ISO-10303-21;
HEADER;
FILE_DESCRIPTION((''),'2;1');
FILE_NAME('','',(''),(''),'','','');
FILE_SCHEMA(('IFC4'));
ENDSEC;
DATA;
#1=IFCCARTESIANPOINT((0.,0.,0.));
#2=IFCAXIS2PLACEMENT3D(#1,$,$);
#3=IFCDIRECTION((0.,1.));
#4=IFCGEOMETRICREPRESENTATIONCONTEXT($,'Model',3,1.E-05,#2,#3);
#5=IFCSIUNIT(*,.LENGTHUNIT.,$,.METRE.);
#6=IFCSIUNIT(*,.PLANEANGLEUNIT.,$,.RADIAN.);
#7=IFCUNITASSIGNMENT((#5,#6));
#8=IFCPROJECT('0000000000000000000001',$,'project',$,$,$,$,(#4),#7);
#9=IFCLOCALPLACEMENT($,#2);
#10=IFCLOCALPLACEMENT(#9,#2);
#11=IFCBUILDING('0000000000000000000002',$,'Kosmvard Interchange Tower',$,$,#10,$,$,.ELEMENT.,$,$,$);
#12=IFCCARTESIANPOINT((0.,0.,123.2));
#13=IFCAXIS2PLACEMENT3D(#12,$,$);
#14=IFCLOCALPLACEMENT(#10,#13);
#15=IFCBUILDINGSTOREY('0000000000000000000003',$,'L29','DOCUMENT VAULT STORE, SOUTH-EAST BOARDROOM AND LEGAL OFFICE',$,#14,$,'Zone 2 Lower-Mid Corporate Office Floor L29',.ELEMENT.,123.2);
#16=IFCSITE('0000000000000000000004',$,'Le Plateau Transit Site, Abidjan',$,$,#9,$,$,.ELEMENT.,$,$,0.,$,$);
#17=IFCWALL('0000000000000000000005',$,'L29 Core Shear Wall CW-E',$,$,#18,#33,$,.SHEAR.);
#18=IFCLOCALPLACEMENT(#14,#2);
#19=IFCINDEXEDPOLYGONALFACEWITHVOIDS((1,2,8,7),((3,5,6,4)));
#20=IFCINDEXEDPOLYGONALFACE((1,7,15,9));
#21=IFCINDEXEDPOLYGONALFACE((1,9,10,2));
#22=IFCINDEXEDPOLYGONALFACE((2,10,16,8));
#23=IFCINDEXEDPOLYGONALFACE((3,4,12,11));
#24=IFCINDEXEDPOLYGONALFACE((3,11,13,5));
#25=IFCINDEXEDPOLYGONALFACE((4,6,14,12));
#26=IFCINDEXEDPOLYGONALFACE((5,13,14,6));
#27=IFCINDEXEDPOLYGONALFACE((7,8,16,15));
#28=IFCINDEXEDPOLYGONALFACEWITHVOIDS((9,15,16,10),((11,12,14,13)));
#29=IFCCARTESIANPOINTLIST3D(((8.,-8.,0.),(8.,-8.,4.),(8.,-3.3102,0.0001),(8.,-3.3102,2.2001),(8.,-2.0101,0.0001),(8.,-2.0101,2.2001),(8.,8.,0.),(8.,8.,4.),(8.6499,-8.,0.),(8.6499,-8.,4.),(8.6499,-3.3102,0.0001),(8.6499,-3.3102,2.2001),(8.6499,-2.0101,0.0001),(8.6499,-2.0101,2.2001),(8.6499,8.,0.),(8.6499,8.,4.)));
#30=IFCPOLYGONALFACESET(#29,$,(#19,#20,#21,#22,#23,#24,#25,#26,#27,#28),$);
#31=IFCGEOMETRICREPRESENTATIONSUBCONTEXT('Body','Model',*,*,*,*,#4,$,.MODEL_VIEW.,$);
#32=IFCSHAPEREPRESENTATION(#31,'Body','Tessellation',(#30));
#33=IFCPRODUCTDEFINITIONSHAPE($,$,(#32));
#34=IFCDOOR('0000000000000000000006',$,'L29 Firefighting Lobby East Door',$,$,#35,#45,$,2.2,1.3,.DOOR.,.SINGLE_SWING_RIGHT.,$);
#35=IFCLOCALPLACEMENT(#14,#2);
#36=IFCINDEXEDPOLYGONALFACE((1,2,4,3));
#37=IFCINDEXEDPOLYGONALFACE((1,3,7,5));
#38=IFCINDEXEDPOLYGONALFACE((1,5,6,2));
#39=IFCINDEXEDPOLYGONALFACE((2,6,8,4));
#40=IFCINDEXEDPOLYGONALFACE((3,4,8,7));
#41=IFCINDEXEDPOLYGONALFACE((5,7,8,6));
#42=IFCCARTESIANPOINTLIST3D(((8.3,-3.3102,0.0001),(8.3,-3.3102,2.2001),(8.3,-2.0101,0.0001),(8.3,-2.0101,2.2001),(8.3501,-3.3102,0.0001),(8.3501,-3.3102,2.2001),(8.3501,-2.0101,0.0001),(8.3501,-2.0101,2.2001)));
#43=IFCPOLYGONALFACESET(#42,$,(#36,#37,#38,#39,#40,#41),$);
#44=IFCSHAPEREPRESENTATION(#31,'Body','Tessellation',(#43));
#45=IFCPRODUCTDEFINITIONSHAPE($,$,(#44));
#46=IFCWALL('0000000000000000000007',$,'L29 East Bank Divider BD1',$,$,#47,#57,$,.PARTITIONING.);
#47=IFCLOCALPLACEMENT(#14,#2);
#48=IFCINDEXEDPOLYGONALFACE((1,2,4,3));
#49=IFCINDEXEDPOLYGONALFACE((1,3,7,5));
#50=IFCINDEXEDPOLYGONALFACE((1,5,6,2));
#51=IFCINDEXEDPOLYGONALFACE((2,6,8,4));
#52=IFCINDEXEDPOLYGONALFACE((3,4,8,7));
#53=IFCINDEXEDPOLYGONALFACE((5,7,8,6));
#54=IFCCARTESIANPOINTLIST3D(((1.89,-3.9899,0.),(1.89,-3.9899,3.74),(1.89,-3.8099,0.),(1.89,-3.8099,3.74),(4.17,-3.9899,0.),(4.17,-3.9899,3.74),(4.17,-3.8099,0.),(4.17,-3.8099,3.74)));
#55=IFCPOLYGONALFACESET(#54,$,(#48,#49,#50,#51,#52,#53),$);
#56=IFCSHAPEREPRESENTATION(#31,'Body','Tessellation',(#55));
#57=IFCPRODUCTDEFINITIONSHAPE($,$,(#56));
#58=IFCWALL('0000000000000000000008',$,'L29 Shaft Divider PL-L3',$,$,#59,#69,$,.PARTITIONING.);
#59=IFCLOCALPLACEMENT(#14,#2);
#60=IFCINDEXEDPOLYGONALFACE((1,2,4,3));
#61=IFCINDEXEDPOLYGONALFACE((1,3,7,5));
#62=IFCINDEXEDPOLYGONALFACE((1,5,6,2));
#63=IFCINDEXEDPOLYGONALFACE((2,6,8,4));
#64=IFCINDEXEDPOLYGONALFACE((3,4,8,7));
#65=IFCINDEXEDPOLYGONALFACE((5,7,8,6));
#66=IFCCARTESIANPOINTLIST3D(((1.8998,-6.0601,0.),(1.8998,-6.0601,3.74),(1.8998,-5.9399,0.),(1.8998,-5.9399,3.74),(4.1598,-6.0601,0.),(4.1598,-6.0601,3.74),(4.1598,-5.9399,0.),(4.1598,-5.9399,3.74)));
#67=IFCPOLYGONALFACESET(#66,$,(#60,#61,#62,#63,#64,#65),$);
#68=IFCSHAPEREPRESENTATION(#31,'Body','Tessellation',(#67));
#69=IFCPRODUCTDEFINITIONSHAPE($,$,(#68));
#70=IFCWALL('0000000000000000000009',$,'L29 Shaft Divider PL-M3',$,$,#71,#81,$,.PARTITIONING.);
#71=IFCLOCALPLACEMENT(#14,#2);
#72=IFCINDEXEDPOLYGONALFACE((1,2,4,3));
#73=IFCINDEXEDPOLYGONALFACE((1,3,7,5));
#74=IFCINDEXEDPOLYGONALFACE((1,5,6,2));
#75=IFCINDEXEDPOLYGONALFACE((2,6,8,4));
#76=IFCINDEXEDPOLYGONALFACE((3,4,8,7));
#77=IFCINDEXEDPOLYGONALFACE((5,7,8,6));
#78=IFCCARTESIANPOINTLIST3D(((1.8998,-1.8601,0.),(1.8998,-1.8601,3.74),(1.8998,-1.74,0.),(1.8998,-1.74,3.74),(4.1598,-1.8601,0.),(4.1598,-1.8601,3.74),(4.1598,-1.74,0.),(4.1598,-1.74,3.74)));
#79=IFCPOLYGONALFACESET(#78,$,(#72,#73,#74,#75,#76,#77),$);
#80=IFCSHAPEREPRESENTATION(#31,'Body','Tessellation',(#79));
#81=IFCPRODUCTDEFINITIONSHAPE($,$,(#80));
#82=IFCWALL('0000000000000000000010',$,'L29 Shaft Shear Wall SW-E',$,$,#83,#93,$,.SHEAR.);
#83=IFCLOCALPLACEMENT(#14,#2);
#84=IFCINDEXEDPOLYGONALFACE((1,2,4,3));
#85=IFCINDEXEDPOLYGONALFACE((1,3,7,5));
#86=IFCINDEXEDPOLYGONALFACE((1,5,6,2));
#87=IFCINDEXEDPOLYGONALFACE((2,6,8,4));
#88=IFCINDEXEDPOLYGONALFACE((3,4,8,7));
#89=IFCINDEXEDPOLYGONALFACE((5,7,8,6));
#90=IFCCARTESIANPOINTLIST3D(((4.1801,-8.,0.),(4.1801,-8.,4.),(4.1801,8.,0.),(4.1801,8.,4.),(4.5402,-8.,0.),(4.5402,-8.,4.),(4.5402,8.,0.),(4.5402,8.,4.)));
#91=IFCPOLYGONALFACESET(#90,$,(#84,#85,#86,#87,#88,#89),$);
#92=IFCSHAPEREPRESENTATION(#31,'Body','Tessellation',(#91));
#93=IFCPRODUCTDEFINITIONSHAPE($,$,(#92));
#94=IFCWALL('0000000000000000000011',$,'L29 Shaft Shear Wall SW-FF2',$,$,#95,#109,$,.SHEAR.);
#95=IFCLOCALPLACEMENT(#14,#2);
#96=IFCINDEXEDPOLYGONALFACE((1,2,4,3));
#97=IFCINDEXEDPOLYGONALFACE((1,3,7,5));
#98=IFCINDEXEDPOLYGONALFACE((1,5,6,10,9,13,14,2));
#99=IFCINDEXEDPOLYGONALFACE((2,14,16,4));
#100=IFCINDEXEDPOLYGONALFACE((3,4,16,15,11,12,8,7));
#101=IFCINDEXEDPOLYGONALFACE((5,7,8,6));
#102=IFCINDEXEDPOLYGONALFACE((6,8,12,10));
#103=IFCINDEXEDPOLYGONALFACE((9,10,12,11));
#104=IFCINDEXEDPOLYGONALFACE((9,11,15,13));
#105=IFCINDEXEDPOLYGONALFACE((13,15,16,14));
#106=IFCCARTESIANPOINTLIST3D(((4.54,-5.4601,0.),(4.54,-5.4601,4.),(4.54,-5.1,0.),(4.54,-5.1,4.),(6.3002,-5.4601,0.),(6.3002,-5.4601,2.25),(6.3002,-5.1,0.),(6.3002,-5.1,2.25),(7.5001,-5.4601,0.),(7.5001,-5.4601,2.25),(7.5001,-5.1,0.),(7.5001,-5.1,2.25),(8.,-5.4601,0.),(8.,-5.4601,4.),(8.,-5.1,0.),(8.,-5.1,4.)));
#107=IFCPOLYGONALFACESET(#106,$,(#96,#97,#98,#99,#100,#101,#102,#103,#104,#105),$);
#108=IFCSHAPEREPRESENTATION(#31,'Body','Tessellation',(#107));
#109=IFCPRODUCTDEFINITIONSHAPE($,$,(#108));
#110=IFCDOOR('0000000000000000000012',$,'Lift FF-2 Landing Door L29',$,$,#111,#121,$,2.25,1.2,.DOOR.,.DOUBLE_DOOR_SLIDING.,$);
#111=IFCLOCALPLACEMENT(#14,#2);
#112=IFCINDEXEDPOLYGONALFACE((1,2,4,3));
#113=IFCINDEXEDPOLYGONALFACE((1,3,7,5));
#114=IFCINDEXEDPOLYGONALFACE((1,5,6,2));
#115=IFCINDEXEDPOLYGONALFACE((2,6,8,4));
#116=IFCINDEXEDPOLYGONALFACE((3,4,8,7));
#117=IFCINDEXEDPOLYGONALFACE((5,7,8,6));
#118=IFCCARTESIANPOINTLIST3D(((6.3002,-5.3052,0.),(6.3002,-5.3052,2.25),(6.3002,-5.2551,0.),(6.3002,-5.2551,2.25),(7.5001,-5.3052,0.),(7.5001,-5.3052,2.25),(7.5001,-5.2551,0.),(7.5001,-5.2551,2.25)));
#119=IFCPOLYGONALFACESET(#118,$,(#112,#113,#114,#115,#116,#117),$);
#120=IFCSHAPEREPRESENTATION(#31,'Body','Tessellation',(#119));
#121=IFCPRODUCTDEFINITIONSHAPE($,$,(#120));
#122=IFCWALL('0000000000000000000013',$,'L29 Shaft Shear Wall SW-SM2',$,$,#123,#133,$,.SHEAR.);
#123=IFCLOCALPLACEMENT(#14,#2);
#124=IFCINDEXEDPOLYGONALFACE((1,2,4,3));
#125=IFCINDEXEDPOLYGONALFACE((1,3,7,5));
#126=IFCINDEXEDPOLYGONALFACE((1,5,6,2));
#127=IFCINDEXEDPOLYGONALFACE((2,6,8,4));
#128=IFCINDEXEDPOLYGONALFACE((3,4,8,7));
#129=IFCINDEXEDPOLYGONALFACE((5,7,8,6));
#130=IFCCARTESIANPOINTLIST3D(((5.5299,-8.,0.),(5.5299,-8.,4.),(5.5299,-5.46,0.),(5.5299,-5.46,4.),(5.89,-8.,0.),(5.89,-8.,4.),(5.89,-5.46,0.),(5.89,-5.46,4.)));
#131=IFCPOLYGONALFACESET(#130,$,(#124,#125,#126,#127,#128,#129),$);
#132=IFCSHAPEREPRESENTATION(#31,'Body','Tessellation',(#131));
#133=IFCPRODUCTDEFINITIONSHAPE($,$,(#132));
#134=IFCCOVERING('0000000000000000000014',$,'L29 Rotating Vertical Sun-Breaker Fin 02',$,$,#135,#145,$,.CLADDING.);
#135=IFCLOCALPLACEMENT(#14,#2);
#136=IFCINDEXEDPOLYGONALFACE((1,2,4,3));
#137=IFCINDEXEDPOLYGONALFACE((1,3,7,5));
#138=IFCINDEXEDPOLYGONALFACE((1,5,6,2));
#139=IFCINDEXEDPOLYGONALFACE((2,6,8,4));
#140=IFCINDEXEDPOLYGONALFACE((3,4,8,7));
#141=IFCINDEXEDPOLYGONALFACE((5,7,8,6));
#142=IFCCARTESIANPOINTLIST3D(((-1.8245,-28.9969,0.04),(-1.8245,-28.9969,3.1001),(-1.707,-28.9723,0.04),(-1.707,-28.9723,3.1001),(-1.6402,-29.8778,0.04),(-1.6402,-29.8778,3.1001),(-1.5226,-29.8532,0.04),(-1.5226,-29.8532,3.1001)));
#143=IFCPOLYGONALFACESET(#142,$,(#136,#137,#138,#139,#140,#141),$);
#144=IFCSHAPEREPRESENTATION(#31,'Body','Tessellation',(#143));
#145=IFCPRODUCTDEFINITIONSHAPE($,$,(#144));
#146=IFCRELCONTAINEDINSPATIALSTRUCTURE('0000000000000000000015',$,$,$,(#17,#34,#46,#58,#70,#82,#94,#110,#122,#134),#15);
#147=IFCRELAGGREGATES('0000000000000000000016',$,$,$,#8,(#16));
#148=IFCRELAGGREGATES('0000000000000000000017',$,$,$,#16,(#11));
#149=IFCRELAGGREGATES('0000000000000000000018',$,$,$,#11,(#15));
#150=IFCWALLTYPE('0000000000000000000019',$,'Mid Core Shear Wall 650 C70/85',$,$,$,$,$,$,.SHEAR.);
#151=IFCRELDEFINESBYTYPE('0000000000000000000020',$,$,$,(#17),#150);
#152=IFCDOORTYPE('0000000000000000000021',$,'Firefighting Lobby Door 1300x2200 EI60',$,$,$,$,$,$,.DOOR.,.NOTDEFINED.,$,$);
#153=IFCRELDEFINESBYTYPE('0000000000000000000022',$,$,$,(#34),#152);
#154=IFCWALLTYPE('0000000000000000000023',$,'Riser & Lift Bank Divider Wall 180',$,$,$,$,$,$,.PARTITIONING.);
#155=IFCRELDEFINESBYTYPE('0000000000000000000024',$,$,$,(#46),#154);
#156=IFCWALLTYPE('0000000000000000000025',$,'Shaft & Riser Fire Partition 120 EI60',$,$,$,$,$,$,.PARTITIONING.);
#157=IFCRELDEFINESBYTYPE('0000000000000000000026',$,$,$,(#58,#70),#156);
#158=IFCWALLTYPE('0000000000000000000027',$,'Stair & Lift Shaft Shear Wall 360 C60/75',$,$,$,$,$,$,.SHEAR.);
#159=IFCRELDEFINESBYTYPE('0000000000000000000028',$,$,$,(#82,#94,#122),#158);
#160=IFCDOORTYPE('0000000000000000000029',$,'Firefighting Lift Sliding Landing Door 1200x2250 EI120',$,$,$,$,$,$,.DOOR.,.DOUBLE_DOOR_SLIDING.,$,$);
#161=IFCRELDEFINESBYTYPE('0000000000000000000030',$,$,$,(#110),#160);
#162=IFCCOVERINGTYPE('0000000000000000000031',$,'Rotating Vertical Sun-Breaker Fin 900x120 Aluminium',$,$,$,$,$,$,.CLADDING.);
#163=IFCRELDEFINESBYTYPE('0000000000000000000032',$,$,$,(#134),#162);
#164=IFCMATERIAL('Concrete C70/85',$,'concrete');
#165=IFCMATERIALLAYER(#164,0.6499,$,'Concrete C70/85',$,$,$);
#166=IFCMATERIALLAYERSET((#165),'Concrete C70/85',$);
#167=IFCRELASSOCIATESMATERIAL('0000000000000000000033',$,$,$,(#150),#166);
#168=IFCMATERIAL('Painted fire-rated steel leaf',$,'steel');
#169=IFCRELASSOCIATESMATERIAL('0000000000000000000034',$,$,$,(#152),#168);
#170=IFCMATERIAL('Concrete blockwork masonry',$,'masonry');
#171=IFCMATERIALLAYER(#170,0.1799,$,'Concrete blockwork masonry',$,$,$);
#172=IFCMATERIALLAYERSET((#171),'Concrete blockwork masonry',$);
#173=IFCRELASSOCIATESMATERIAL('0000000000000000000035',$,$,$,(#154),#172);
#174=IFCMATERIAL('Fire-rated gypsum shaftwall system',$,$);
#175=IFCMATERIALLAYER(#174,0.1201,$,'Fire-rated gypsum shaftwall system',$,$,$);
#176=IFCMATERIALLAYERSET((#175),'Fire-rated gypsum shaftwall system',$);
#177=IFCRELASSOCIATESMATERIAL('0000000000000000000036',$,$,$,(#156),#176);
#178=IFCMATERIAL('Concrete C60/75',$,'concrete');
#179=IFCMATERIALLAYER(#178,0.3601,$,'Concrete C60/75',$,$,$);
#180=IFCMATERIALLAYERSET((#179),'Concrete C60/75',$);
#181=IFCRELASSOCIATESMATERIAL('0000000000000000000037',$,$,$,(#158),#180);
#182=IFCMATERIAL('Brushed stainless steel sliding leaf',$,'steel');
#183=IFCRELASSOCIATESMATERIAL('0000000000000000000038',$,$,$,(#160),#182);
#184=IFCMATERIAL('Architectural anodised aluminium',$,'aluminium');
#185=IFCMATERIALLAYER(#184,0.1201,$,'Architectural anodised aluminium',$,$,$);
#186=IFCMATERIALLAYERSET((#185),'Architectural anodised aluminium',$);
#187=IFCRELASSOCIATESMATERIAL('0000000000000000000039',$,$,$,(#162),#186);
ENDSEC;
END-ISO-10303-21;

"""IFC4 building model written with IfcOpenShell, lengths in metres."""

from ifc_helpers import new_model, si_unit, direction, frame, frame_2d, origin, origin_2d, place, context, subcontext, project, spatial, rectangle, extrude, source, transform, mapped, material, layer, layer_set, type_object, element, fill, save


model = new_model("IFC4")

# Units and contexts
model_context = context("Model", 3, precision=1e-05, world=origin(), true_north=direction((0.0, 1.0)))
body_context = subcontext(model_context, "Body", "Model", "MODEL_VIEW")
ifc_project = project(units=[si_unit("LENGTHUNIT", "METRE"), si_unit("PLANEANGLEUNIT", "RADIAN")], contexts=[model_context])

# Site, building, storey
site_placement = place(None, origin())
site = spatial("IfcSite", under=ifc_project, at=site_placement, Name="Le Plateau Transit Site, Abidjan", CompositionType="ELEMENT", RefElevation=0.0)
building_placement = place(site_placement, origin())
building = spatial("IfcBuilding", under=site, at=building_placement, Name="Kosmvard Interchange Tower", CompositionType="ELEMENT")
storey_placement = place(building_placement, frame((0.0, 0.0, 123.2)))
storey = spatial("IfcBuildingStorey", under=building, at=storey_placement, Name="L29", Description="DOCUMENT VAULT STORE, SOUTH-EAST BOARDROOM AND LEGAL OFFICE", LongName="Zone 2 Lower-Mid Corporate Office Floor L29", CompositionType="ELEMENT", Elevation=123.2)

# Shared definitions
ifc_material_1 = material(Name="Concrete C60/75", Category="concrete")

# Shared definitions
ifc_material_2 = material(Name="Brushed stainless steel sliding leaf", Category="steel")

# Wall, opening, door
ifc_material_3 = material(Name="Concrete C70/85", Category="concrete")
ifc_layer_1 = layer(ifc_material_3, 0.6499, Name="Concrete C70/85")
ifc_layer_set_1 = layer_set([ifc_layer_1], Name="Concrete C70/85")
wall_type_1 = type_object("IfcWallType", Name="Mid Core Shear Wall 650 C70/85", PredefinedType="SHEAR", material=ifc_layer_set_1)
wall_1_placement = place(storey_placement, frame((8.325, -8.0, 0.0), z_axis=(0.0, 0.0, 1.0), x_axis=(0.0, 1.0, 0.0)))
wall_1 = element("IfcWall", 1, at=wall_1_placement, inside=storey, type_object=wall_type_1, Name="L29 Core Shear Wall CW-E", PredefinedType="SHEAR", context=body_context, shape_type="SweptSolid", body=[
    extrude(rectangle(XDim=16.0, YDim=0.6499, at=frame_2d((8.0, 0.0))), origin(), (0.0, 0.0, 1.0), 4.0),
])
opening_1_placement = place(wall_1_placement, frame((4.6899, 0.0, 0.0)))
opening_1 = element("IfcOpeningElement", 2, at=opening_1_placement, cuts=wall_1, PredefinedType="OPENING", context=body_context, shape_type="SweptSolid", body=[
    extrude(rectangle(XDim=1.3, YDim=2.2, at=frame_2d((0.6499, 1.1001))), frame((0.0, 0.335, 0.0), z_axis=(0.0, -1.0, 0.0), x_axis=(1.0, 0.0, 0.0)), (0.0, 0.0, 1.0), 0.6699),
])
ifc_material_4 = material(Name="Painted fire-rated steel leaf", Category="steel")
door_type_1 = type_object("IfcDoorType", Name="Firefighting Lobby Door 1300x2200 EI60", OperationType="NOTDEFINED", PredefinedType="DOOR", material=ifc_material_4)
shared_shape_1 = source(origin(), body_context, "Body", "SweptSolid", [
    extrude(rectangle(XDim=1.3, YDim=2.2, at=frame_2d((0.6499, 1.1001))), frame((0.0, 0.0249, 0.0), z_axis=(0.0, -1.0, 0.0), x_axis=(1.0, 0.0, 0.0)), (0.0, 0.0, 1.0), 0.05),
])
door_1_placement = place(opening_1_placement, origin())
door_1 = element("IfcDoor", 3, at=door_1_placement, inside=storey, type_object=door_type_1, Name="L29 Firefighting Lobby East Door", OperationType="SINGLE_SWING_RIGHT", OverallHeight=2.2, OverallWidth=1.3, PredefinedType="DOOR", context=body_context, shape_type="MappedRepresentation", body=[
    mapped(shared_shape_1, transform((0.0, 0.0, 0.0), scale=1.0)),
])
fill(opening_1, door_1)

# Walls
ifc_material_5 = material(Name="Concrete blockwork masonry", Category="masonry")
ifc_layer_2 = layer(ifc_material_5, 0.1799, Name="Concrete blockwork masonry")
ifc_layer_set_2 = layer_set([ifc_layer_2], Name="Concrete blockwork masonry")
wall_type_2 = type_object("IfcWallType", Name="Riser & Lift Bank Divider Wall 180", PredefinedType="PARTITIONING", material=ifc_layer_set_2)
wall_2_placement = place(storey_placement, frame((1.8899, -3.8999, 0.0), z_axis=(0.0, 0.0, 1.0), x_axis=(1.0, 0.0, 0.0)))
element("IfcWall", 4, at=wall_2_placement, inside=storey, type_object=wall_type_2, Name="L29 East Bank Divider BD1", PredefinedType="PARTITIONING", context=body_context, shape_type="SweptSolid", body=[
    extrude(rectangle(XDim=2.28, YDim=0.1799, at=frame_2d((1.1401, 0.0))), origin(), (0.0, 0.0, 1.0), 3.74),
])
ifc_material_6 = material(Name="Fire-rated gypsum shaftwall system")
ifc_layer_3 = layer(ifc_material_6, 0.1201, Name="Fire-rated gypsum shaftwall system")
ifc_layer_set_3 = layer_set([ifc_layer_3], Name="Fire-rated gypsum shaftwall system")
wall_type_3 = type_object("IfcWallType", Name="Shaft & Riser Fire Partition 120 EI60", PredefinedType="PARTITIONING", material=ifc_layer_set_3)
for number, where, z_axis, x_axis, name in (
    (5, (1.8999, -6.0, 0.0), (0.0, 0.0, 1.0), (1.0, 0.0, 0.0), "L29 Shaft Divider PL-L3"),
    (6, (1.8999, -1.8, 0.0), (0.0, 0.0, 1.0), (1.0, 0.0, 0.0), "L29 Shaft Divider PL-M3"),
):
    element("IfcWall", number, at=place(storey_placement, frame(where, z_axis=z_axis, x_axis=x_axis)), inside=storey, type_object=wall_type_3, Name=name, PredefinedType="PARTITIONING", context=body_context, shape_type="SweptSolid", body=[
        extrude(rectangle(XDim=2.26, YDim=0.1201, at=frame_2d((1.1299, 0.0))), origin(), (0.0, 0.0, 1.0), 3.74),
    ])
ifc_layer_4 = layer(ifc_material_1, 0.3601, Name="Concrete C60/75")
ifc_layer_set_4 = layer_set([ifc_layer_4], Name="Concrete C60/75")
wall_type_4 = type_object("IfcWallType", Name="Stair & Lift Shaft Shear Wall 360 C60/75", PredefinedType="SHEAR", material=ifc_layer_set_4)
wall_3_placement = place(storey_placement, frame((4.3601, -8.0, 0.0), z_axis=(0.0, 0.0, 1.0), x_axis=(0.0, 1.0, 0.0)))
element("IfcWall", 7, at=wall_3_placement, inside=storey, type_object=wall_type_4, Name="L29 Shaft Shear Wall SW-E", PredefinedType="SHEAR", context=body_context, shape_type="SweptSolid", body=[
    extrude(rectangle(XDim=16.0, YDim=0.3601, at=frame_2d((8.0, 0.0))), origin(), (0.0, 0.0, 1.0), 4.0),
])

# Wall, opening, door
wall_4_placement = place(storey_placement, frame((4.54, -5.28, 0.0), z_axis=(0.0, 0.0, 1.0), x_axis=(1.0, 0.0, 0.0)))
wall_4 = element("IfcWall", 8, at=wall_4_placement, inside=storey, type_object=wall_type_4, Name="L29 Shaft Shear Wall SW-FF2", PredefinedType="SHEAR", context=body_context, shape_type="SweptSolid", body=[
    extrude(rectangle(XDim=3.46, YDim=0.3601, at=frame_2d((1.73, 0.0))), origin(), (0.0, 0.0, 1.0), 4.0),
])
opening_2_placement = place(wall_4_placement, frame((1.76, 0.0, 0.0)))
opening_2 = element("IfcOpeningElement", 9, at=opening_2_placement, cuts=wall_4, PredefinedType="OPENING", context=body_context, shape_type="SweptSolid", body=[
    extrude(rectangle(XDim=1.2, YDim=2.25, at=frame_2d((0.6001, 1.125))), frame((0.0, 0.1899, 0.0), z_axis=(0.0, -1.0, 0.0), x_axis=(1.0, 0.0, 0.0)), (0.0, 0.0, 1.0), 0.3801),
])
door_type_2 = type_object("IfcDoorType", Name="Firefighting Lift Sliding Landing Door 1200x2250 EI120", OperationType="DOUBLE_DOOR_SLIDING", PredefinedType="DOOR", material=ifc_material_2)
shared_shape_2 = source(origin(), body_context, "Body", "SweptSolid", [
    extrude(rectangle(XDim=1.2, YDim=2.25, at=frame_2d((0.6001, 1.125))), frame((0.0, 0.0249, 0.0), z_axis=(0.0, -1.0, 0.0), x_axis=(1.0, 0.0, 0.0)), (0.0, 0.0, 1.0), 0.05),
])
door_2_placement = place(opening_2_placement, origin())
door_2 = element("IfcDoor", 10, at=door_2_placement, inside=storey, type_object=door_type_2, Name="Lift FF-2 Landing Door L29", OperationType="DOUBLE_DOOR_SLIDING", OverallHeight=2.25, OverallWidth=1.2, PredefinedType="DOOR", context=body_context, shape_type="MappedRepresentation", body=[
    mapped(shared_shape_2, transform((0.0, 0.0, 0.0), scale=1.0)),
])
fill(opening_2, door_2)

# Wall
wall_5_placement = place(storey_placement, frame((5.71, -8.0, 0.0), z_axis=(0.0, 0.0, 1.0), x_axis=(0.0, 1.0, 0.0)))
element("IfcWall", 11, at=wall_5_placement, inside=storey, type_object=wall_type_4, Name="L29 Shaft Shear Wall SW-SM2", PredefinedType="SHEAR", context=body_context, shape_type="SweptSolid", body=[
    extrude(rectangle(XDim=2.54, YDim=0.3601, at=frame_2d((1.27, 0.0))), origin(), (0.0, 0.0, 1.0), 4.0),
])

# Covering
ifc_material_7 = material(Name="Architectural anodised aluminium", Category="aluminium")
ifc_layer_5 = layer(ifc_material_7, 0.1201, Name="Architectural anodised aluminium")
ifc_layer_set_5 = layer_set([ifc_layer_5], Name="Architectural anodised aluminium")
covering_type = type_object("IfcCoveringType", Name="Rotating Vertical Sun-Breaker Fin 900x120 Aluminium", PredefinedType="CLADDING", material=ifc_layer_set_5)
shared_shape_3 = source(origin(), body_context, "Body", "SweptSolid", [
    extrude(rectangle(XDim=0.8999, YDim=0.1201, at=origin_2d()), origin(), (0.0, 0.0, 1.0), 3.0601),
])
covering_placement = place(storey_placement, frame((-1.6736, -29.425, 0.04), z_axis=(0.0, 0.0, 1.0), x_axis=(0.204838, -0.978796, 0.0)))
element("IfcCovering", 12, at=covering_placement, inside=storey, type_object=covering_type, Name="L29 Rotating Vertical Sun-Breaker Fin 02", PredefinedType="CLADDING", context=body_context, shape_type="MappedRepresentation", body=[
    mapped(shared_shape_3, transform((0.0, 0.0, 0.0), scale=1.0)),
])

save(model, "model.ifc")
